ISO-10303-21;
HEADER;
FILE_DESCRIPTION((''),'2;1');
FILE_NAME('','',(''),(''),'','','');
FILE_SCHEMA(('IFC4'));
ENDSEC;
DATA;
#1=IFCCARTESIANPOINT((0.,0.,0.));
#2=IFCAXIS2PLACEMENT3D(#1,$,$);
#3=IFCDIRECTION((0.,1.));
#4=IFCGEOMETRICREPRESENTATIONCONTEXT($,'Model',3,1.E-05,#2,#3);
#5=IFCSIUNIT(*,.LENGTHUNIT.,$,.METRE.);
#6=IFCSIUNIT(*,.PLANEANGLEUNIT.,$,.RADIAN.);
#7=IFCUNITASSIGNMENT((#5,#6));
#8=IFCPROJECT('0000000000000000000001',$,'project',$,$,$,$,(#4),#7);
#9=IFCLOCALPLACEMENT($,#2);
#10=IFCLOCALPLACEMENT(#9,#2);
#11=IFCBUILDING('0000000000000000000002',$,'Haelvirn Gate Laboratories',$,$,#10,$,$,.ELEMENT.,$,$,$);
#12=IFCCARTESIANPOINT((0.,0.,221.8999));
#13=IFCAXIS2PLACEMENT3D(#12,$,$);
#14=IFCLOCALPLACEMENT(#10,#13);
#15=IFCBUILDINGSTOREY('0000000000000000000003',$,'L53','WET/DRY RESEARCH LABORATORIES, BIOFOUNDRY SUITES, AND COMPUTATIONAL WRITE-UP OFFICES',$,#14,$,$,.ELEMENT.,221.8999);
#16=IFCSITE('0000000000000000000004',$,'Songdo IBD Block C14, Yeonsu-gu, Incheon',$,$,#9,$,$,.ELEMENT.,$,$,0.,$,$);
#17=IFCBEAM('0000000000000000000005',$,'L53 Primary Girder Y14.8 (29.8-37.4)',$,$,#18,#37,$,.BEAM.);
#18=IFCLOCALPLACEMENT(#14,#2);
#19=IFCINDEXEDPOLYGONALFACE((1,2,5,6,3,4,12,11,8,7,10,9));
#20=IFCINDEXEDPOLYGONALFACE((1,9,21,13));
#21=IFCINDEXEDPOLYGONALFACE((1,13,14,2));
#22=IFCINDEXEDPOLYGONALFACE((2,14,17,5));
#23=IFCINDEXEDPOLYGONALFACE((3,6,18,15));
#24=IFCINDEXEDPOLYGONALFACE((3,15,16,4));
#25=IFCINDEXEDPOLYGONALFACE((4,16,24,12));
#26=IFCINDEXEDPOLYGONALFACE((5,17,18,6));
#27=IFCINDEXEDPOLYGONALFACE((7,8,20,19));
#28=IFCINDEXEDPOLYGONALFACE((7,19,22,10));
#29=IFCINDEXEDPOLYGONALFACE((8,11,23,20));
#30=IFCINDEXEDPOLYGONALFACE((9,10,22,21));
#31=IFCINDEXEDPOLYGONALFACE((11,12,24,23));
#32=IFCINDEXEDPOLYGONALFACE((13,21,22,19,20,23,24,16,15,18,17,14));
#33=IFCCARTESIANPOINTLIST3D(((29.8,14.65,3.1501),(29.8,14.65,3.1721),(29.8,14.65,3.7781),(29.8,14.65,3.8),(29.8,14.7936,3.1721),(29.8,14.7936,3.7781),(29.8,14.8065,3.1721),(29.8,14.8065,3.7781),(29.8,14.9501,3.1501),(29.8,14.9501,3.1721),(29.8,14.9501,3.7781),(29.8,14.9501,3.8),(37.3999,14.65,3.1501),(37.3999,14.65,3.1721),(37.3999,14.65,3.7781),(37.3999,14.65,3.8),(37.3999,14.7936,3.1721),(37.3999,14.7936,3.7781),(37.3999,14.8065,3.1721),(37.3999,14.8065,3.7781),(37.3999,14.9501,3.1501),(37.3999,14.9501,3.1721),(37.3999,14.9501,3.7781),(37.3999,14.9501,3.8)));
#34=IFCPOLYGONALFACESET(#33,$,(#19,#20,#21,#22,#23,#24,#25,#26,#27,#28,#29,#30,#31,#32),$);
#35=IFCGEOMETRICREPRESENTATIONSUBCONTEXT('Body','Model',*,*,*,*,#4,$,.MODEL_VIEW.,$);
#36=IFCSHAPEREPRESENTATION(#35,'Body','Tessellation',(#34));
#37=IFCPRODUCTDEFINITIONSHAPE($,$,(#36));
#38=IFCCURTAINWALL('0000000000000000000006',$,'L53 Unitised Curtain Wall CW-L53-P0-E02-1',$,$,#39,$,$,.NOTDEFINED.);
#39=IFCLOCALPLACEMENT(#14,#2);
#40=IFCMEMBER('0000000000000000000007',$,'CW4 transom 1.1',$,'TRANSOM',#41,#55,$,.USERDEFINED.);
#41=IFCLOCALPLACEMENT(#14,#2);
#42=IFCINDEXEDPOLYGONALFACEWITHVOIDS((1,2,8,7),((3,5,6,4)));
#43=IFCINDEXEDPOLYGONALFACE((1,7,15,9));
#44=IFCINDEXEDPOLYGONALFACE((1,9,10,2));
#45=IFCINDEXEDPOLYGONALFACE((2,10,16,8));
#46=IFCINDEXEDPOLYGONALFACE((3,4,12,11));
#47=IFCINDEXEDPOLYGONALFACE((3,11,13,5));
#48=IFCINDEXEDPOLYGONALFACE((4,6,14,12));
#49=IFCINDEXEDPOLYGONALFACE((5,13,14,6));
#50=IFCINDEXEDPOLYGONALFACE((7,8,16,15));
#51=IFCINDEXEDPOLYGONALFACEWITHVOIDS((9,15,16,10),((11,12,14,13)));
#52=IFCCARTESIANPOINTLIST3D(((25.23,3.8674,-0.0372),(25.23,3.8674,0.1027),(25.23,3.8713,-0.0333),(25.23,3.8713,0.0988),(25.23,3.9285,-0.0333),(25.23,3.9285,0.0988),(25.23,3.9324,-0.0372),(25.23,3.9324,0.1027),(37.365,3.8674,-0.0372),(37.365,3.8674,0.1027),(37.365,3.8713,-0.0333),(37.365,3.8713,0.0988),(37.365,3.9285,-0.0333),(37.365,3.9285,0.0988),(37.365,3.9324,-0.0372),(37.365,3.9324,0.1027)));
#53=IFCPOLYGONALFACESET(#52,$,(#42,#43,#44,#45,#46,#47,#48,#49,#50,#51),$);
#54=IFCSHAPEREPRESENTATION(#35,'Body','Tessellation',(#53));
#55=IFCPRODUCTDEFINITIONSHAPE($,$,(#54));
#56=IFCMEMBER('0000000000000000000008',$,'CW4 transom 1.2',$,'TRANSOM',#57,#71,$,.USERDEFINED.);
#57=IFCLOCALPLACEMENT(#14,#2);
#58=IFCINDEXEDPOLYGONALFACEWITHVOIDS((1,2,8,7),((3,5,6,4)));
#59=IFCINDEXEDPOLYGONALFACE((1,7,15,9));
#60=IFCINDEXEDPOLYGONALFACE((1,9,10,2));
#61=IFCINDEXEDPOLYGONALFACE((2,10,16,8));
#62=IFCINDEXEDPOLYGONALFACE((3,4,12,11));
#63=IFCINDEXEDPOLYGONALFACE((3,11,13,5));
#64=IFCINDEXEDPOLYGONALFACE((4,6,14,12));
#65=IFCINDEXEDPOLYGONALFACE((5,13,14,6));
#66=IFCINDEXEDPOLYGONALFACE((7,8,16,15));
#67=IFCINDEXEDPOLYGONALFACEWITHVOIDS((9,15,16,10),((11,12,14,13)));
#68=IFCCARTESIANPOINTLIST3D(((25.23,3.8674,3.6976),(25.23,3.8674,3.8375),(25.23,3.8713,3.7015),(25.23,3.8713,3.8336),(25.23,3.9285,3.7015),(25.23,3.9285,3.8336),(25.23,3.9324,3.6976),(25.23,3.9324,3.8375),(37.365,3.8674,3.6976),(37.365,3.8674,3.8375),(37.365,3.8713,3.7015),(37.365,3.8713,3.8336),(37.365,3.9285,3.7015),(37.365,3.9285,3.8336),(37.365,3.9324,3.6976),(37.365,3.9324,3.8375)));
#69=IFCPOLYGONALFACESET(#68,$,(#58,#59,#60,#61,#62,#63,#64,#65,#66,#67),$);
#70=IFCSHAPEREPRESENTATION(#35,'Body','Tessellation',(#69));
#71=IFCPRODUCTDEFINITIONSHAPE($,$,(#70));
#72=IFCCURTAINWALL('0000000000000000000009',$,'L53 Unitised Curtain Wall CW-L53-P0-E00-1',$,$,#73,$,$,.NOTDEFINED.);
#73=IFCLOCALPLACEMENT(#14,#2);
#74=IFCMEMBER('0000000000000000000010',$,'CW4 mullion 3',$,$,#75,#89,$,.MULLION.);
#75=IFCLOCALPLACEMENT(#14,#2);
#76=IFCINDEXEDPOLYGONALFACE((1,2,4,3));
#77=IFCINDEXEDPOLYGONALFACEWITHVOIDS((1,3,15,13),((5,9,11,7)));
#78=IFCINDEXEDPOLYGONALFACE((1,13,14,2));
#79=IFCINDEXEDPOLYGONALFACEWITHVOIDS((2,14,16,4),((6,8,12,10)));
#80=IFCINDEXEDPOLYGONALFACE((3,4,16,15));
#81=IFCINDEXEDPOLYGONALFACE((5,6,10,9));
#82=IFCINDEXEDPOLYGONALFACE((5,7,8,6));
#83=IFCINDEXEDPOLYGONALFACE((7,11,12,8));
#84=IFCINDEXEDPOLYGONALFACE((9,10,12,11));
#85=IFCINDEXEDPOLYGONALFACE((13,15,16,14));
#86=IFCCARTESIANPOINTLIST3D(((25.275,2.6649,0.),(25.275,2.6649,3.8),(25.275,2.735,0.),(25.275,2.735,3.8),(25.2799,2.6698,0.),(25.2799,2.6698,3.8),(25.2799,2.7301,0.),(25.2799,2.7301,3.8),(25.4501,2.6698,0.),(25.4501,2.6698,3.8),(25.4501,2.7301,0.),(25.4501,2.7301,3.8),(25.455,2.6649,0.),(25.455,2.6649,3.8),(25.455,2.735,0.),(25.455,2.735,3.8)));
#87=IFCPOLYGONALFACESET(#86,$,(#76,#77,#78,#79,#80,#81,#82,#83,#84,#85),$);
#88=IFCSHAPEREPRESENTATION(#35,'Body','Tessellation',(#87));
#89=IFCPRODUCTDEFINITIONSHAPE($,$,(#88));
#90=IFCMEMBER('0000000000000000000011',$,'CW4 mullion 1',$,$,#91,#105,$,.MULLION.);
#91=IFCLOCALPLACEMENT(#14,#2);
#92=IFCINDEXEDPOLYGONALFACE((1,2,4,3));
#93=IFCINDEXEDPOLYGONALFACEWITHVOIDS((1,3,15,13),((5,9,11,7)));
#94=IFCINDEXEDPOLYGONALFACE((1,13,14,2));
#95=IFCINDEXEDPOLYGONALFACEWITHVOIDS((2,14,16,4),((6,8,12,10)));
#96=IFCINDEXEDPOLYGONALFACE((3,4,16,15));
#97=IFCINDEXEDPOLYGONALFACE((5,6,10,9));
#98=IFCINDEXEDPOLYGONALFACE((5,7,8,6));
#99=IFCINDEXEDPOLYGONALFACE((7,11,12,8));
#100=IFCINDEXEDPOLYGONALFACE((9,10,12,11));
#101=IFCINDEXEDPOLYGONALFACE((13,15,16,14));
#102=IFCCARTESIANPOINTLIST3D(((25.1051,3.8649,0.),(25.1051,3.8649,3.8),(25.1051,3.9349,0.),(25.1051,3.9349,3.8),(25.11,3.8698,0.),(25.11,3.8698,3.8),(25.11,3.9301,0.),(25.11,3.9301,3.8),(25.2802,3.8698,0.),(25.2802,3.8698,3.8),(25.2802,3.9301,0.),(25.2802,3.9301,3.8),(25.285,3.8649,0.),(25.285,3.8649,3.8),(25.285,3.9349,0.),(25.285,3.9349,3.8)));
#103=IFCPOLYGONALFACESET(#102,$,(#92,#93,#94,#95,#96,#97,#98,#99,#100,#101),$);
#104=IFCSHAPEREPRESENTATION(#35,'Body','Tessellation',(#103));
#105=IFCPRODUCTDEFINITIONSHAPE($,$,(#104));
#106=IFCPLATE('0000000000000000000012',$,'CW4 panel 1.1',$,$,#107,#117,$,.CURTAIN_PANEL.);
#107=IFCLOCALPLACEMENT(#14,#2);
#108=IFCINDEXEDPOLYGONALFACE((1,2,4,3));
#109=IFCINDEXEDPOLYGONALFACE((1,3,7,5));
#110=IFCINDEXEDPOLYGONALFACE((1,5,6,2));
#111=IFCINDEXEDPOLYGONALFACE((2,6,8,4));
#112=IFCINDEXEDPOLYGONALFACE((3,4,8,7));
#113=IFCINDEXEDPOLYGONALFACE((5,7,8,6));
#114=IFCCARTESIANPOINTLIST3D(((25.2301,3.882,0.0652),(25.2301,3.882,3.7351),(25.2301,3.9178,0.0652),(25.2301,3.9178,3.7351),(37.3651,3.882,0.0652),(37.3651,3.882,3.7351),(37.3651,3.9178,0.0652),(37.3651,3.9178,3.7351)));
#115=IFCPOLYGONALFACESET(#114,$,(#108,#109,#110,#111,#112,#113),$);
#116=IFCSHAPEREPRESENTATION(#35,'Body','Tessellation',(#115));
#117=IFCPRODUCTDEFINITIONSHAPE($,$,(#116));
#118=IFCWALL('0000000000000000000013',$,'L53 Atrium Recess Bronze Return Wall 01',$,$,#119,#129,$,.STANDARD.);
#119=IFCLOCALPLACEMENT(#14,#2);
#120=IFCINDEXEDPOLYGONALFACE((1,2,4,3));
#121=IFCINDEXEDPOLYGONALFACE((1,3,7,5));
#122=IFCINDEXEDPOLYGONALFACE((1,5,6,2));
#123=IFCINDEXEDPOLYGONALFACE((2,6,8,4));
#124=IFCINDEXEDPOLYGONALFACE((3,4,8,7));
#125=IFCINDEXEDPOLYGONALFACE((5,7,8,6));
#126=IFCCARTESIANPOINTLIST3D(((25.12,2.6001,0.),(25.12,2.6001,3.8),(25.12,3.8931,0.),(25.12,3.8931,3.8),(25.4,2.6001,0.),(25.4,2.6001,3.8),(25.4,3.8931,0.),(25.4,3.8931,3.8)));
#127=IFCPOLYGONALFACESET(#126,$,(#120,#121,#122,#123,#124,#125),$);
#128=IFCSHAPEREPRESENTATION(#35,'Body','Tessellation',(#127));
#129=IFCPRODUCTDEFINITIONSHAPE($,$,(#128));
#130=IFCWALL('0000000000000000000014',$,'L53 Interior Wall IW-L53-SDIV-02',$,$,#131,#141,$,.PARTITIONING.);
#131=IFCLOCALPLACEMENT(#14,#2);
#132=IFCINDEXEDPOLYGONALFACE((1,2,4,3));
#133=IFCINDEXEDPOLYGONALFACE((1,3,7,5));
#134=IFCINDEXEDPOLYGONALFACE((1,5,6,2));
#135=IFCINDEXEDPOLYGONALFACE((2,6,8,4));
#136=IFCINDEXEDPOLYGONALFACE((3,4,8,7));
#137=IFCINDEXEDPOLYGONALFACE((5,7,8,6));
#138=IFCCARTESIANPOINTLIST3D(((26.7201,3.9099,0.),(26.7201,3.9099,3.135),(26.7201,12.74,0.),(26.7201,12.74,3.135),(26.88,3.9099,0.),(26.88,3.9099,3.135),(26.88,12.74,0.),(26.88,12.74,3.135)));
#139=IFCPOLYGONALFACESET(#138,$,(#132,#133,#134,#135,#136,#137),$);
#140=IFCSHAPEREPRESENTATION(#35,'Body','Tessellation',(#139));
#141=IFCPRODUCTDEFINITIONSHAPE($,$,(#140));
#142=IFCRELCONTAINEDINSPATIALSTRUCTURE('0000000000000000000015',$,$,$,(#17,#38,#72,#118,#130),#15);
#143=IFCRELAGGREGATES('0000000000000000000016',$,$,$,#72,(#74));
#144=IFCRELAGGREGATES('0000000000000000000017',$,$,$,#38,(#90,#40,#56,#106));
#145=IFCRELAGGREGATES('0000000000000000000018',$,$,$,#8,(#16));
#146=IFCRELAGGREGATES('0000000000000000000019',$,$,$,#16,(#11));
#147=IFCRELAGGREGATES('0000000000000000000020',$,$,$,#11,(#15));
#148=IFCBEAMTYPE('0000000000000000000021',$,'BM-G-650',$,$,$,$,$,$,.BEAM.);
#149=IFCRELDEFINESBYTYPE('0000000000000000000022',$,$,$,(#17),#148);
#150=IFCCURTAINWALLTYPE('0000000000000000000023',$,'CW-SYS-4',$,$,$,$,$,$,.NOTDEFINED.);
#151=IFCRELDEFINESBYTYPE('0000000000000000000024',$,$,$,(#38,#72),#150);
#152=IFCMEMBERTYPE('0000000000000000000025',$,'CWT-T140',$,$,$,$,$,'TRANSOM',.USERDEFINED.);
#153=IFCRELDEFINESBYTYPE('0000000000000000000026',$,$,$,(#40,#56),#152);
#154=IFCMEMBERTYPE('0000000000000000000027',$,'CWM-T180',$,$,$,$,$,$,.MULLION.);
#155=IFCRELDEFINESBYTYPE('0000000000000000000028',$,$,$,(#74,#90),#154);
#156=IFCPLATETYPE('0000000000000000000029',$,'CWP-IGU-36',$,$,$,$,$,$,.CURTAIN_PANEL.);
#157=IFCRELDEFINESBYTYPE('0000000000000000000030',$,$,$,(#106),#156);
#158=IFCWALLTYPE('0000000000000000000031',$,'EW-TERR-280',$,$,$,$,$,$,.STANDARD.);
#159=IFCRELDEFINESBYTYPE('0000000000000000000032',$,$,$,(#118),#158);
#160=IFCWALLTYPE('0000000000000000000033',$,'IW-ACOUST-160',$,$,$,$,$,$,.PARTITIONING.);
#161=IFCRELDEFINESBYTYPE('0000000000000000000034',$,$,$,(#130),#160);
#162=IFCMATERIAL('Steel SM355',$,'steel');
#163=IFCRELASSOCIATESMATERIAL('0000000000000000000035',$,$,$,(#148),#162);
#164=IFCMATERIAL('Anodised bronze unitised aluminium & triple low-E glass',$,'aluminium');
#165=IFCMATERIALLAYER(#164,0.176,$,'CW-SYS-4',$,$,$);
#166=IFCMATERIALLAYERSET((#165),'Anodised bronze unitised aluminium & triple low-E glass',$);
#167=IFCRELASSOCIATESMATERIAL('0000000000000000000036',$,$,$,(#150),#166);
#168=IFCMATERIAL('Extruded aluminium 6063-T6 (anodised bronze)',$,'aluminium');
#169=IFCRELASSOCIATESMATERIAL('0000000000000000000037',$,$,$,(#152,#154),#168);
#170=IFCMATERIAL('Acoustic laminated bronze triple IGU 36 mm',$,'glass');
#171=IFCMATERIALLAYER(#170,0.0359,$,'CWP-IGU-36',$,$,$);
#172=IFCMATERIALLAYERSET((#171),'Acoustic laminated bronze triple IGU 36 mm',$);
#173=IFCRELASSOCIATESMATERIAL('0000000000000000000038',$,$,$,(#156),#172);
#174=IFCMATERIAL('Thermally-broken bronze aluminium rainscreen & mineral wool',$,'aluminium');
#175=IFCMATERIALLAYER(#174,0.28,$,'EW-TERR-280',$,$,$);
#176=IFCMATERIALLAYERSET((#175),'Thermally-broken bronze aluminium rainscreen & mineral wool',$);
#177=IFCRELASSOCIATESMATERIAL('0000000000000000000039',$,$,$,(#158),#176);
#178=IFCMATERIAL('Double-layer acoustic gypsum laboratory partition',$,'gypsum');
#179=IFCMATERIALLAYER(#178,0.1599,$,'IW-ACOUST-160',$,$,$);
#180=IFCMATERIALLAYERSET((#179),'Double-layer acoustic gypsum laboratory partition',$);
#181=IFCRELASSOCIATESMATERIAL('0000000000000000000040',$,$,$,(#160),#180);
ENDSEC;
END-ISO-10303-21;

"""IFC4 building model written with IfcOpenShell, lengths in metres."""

from ifc_helpers import new_model, si_unit, direction, frame, frame_2d, origin, origin_2d, place, context, subcontext, project, spatial, rectangle, hollow_rectangle, i_section, extrude, source, transform, mapped, material, layer, layer_set, material_profile, profile_set, type_object, type_shapes, element, aggregate, save


model = new_model("IFC4")

# Units and contexts
model_context = context("Model", 3, precision=1e-05, world=origin(), true_north=direction((0.0, 1.0)))
body_context = subcontext(model_context, "Body", "Model", "MODEL_VIEW")
ifc_project = project(units=[si_unit("LENGTHUNIT", "METRE"), si_unit("PLANEANGLEUNIT", "RADIAN")], contexts=[model_context])

# Site, building, storey
site_placement = place(None, origin())
site = spatial("IfcSite", under=ifc_project, at=site_placement, Name="Songdo IBD Block C14, Yeonsu-gu, Incheon", CompositionType="ELEMENT", RefElevation=0.0)
building_placement = place(site_placement, origin())
building = spatial("IfcBuilding", under=site, at=building_placement, Name="Haelvirn Gate Laboratories", CompositionType="ELEMENT")
storey_placement = place(building_placement, frame((0.0, 0.0, 221.8999)))
storey = spatial("IfcBuildingStorey", under=building, at=storey_placement, Name="L53", Description="WET/DRY RESEARCH LABORATORIES, BIOFOUNDRY SUITES, AND COMPUTATIONAL WRITE-UP OFFICES", CompositionType="ELEMENT", Elevation=221.8999)

# Shared definitions
ifc_material_1 = material(Name="Steel SM355", Category="steel")

# Beam
ifc_material_profile_1 = material_profile(ifc_material_1, i_section(OverallWidth=0.3, OverallDepth=0.6499, WebThickness=0.0129, FlangeThickness=0.022, at=origin_2d()), Name="H-650x300x13x22")
ifc_profile_set_1 = profile_set([ifc_material_profile_1], Name="Steel SM355")
beam_type_1 = type_object("IfcBeamType", Name="BM-G-650", PredefinedType="BEAM", material=ifc_profile_set_1)
shared_shape_1 = source(origin(), body_context, "Body", "SweptSolid", [
    extrude(i_section(OverallWidth=0.3, OverallDepth=0.6499, WebThickness=0.0129, FlangeThickness=0.022, at=origin_2d()), origin(), (0.0, 0.0, 1.0), 7.5999),
])
for number, where, z_axis, x_axis, name in (
    (1, (29.8, 14.8, 3.4751), (1.0, 0.0, 0.0), (0.0, 1.0, 0.0), "L53 Primary Girder Y14.8 (29.8-37.4)"),
):
    element("IfcBeam", number, at=place(storey_placement, frame(where, z_axis=z_axis, x_axis=x_axis)), inside=storey, type_object=beam_type_1, Name=name, PredefinedType="BEAM", context=body_context, shape_type="MappedRepresentation", body=[
        mapped(shared_shape_1, transform((0.0, 0.0, 0.0), scale=1.0)),
    ])

# Curtain wall, members
ifc_material_2 = material(Name="Anodised bronze unitised aluminium & triple low-E glass", Category="aluminium")
ifc_layer_1 = layer(ifc_material_2, 0.176, Name="CW-SYS-4")
ifc_layer_set_1 = layer_set([ifc_layer_1], Name="Anodised bronze unitised aluminium & triple low-E glass")
curtain_wall_type = type_object("IfcCurtainWallType", Name="CW-SYS-4", PredefinedType="NOTDEFINED", material=ifc_layer_set_1)
curtain_wall_1_placement = place(storey_placement, origin())
curtain_wall_1 = element("IfcCurtainWall", 2, at=curtain_wall_1_placement, inside=storey, type_object=curtain_wall_type, Name="L53 Unitised Curtain Wall CW-L53-P0-E02-1", PredefinedType="NOTDEFINED")
ifc_material_3 = material(Name="Extruded aluminium 6063-T6 (anodised bronze)", Category="aluminium")
ifc_material_profile_2 = material_profile(ifc_material_3, hollow_rectangle(XDim=0.0649, YDim=0.1399, WallThickness=0.0039, at=origin_2d()), Name="CWT-140x65x4")
ifc_profile_set_2 = profile_set([ifc_material_profile_2], Name="Extruded aluminium 6063-T6 (anodised bronze)")
member_type_1 = type_object("IfcMemberType", Name="CWT-T140", ElementType="TRANSOM", PredefinedType="USERDEFINED", material=ifc_profile_set_2)
shared_shape_2 = source(origin(), body_context, "Body", "SweptSolid", [
    extrude(hollow_rectangle(XDim=0.0649, YDim=0.1399, WallThickness=0.0039, at=origin_2d()), origin(), (0.0, 0.0, 1.0), 12.135),
])
type_shapes(member_type_1, [shared_shape_2])
member_1_placement = place(storey_placement, frame((25.23, 3.8999, 0.0327), z_axis=(1.0, 0.0, 0.0), x_axis=(0.0, 1.0, 0.0)))
member_1 = element("IfcMember", 3, at=member_1_placement, type_object=member_type_1, Name="CW4 transom 1.1", ObjectType="TRANSOM", PredefinedType="USERDEFINED", context=body_context, shape_type="MappedRepresentation", body=[
    mapped(shared_shape_2, transform((0.0, 0.0, 0.0), scale=1.0)),
])
member_2_placement = place(storey_placement, frame((25.23, 3.8999, 3.7676), z_axis=(1.0, 0.0, 0.0), x_axis=(0.0, 1.0, 0.0)))
member_2 = element("IfcMember", 4, at=member_2_placement, type_object=member_type_1, Name="CW4 transom 1.2", ObjectType="TRANSOM", PredefinedType="USERDEFINED", context=body_context, shape_type="MappedRepresentation", body=[
    mapped(shared_shape_2, transform((0.0, 0.0, 0.0), scale=1.0)),
])

# Curtain wall, member
curtain_wall_2_placement = place(storey_placement, origin())
curtain_wall_2 = element("IfcCurtainWall", 5, at=curtain_wall_2_placement, inside=storey, type_object=curtain_wall_type, Name="L53 Unitised Curtain Wall CW-L53-P0-E00-1", PredefinedType="NOTDEFINED")
ifc_material_profile_3 = material_profile(ifc_material_3, hollow_rectangle(XDim=0.0701, YDim=0.1799, WallThickness=0.0049, at=origin_2d()), Name="CWM-180x70x5")
ifc_profile_set_3 = profile_set([ifc_material_profile_3], Name="Extruded aluminium 6063-T6 (anodised bronze)")
member_type_2 = type_object("IfcMemberType", Name="CWM-T180", PredefinedType="MULLION", material=ifc_profile_set_3)
shared_shape_3 = source(origin(), body_context, "Body", "SweptSolid", [
    extrude(hollow_rectangle(XDim=0.0701, YDim=0.1799, WallThickness=0.0049, at=origin_2d()), origin(), (0.0, 0.0, 1.0), 3.8),
])
type_shapes(member_type_2, [shared_shape_3])
member_3_placement = place(storey_placement, frame((25.365, 2.7, 0.0), z_axis=(0.0, 0.0, 1.0), x_axis=(0.0, 1.0, 0.0)))
member_3 = element("IfcMember", 6, at=member_3_placement, type_object=member_type_2, Name="CW4 mullion 3", PredefinedType="MULLION", context=body_context, shape_type="MappedRepresentation", body=[
    mapped(shared_shape_3, transform((0.0, 0.0, 0.0), scale=1.0)),
])
aggregate(curtain_wall_2, [member_3])

# Member
member_4_placement = place(storey_placement, frame((25.1951, 3.8999, 0.0), z_axis=(0.0, 0.0, 1.0), x_axis=(0.0, 1.0, 0.0)))
member_4 = element("IfcMember", 7, at=member_4_placement, type_object=member_type_2, Name="CW4 mullion 1", PredefinedType="MULLION", context=body_context, shape_type="MappedRepresentation", body=[
    mapped(shared_shape_3, transform((0.0, 0.0, 0.0), scale=1.0)),
])

# Plate
ifc_material_4 = material(Name="Acoustic laminated bronze triple IGU 36 mm", Category="glass")
ifc_layer_2 = layer(ifc_material_4, 0.0359, Name="CWP-IGU-36")
ifc_layer_set_2 = layer_set([ifc_layer_2], Name="Acoustic laminated bronze triple IGU 36 mm")
plate_type = type_object("IfcPlateType", Name="CWP-IGU-36", PredefinedType="CURTAIN_PANEL", material=ifc_layer_set_2)
shared_shape_4 = source(origin(), body_context, "Body", "SweptSolid", [
    extrude(rectangle(XDim=12.135, YDim=0.0359, at=origin_2d()), origin(), (0.0, 0.0, 1.0), 3.6699),
])
type_shapes(plate_type, [shared_shape_4])
plate_placement = place(storey_placement, frame((31.2976, 3.8999, 0.0652), z_axis=(0.0, 0.0, 1.0), x_axis=(1.0, 0.0, 0.0)))
plate = element("IfcPlate", 8, at=plate_placement, type_object=plate_type, Name="CW4 panel 1.1", PredefinedType="CURTAIN_PANEL", context=body_context, shape_type="MappedRepresentation", body=[
    mapped(shared_shape_4, transform((0.0, 0.0, 0.0), scale=1.0)),
])
aggregate(curtain_wall_1, [member_4, member_1, member_2, plate])

# Walls
ifc_material_5 = material(Name="Thermally-broken bronze aluminium rainscreen & mineral wool", Category="aluminium")
ifc_layer_3 = layer(ifc_material_5, 0.28, Name="EW-TERR-280")
ifc_layer_set_3 = layer_set([ifc_layer_3], Name="Thermally-broken bronze aluminium rainscreen & mineral wool")
wall_type_1 = type_object("IfcWallType", Name="EW-TERR-280", PredefinedType="STANDARD", material=ifc_layer_set_3)
wall_1_placement = place(storey_placement, frame((25.26, 2.6001, 0.0), z_axis=(0.0, 0.0, 1.0), x_axis=(0.0, 1.0, 0.0)))
element("IfcWall", 9, at=wall_1_placement, inside=storey, type_object=wall_type_1, Name="L53 Atrium Recess Bronze Return Wall 01", PredefinedType="STANDARD", context=body_context, shape_type="SweptSolid", body=[
    extrude(rectangle(XDim=1.293, YDim=0.28, at=frame_2d((0.6465, 0.0))), origin(), (0.0, 0.0, 1.0), 3.8),
])
ifc_material_6 = material(Name="Double-layer acoustic gypsum laboratory partition", Category="gypsum")
ifc_layer_4 = layer(ifc_material_6, 0.1599, Name="IW-ACOUST-160")
ifc_layer_set_4 = layer_set([ifc_layer_4], Name="Double-layer acoustic gypsum laboratory partition")
wall_type_2 = type_object("IfcWallType", Name="IW-ACOUST-160", PredefinedType="PARTITIONING", material=ifc_layer_set_4)
wall_2_placement = place(storey_placement, frame((26.8, 3.9099, 0.0), z_axis=(0.0, 0.0, 1.0), x_axis=(0.0, 1.0, 0.0)))
element("IfcWall", 10, at=wall_2_placement, inside=storey, type_object=wall_type_2, Name="L53 Interior Wall IW-L53-SDIV-02", PredefinedType="PARTITIONING", context=body_context, shape_type="SweptSolid", body=[
    extrude(rectangle(XDim=8.8301, YDim=0.1599, at=frame_2d((4.415, 0.0))), origin(), (0.0, 0.0, 1.0), 3.135),
])

save(model, "model.ifc")
